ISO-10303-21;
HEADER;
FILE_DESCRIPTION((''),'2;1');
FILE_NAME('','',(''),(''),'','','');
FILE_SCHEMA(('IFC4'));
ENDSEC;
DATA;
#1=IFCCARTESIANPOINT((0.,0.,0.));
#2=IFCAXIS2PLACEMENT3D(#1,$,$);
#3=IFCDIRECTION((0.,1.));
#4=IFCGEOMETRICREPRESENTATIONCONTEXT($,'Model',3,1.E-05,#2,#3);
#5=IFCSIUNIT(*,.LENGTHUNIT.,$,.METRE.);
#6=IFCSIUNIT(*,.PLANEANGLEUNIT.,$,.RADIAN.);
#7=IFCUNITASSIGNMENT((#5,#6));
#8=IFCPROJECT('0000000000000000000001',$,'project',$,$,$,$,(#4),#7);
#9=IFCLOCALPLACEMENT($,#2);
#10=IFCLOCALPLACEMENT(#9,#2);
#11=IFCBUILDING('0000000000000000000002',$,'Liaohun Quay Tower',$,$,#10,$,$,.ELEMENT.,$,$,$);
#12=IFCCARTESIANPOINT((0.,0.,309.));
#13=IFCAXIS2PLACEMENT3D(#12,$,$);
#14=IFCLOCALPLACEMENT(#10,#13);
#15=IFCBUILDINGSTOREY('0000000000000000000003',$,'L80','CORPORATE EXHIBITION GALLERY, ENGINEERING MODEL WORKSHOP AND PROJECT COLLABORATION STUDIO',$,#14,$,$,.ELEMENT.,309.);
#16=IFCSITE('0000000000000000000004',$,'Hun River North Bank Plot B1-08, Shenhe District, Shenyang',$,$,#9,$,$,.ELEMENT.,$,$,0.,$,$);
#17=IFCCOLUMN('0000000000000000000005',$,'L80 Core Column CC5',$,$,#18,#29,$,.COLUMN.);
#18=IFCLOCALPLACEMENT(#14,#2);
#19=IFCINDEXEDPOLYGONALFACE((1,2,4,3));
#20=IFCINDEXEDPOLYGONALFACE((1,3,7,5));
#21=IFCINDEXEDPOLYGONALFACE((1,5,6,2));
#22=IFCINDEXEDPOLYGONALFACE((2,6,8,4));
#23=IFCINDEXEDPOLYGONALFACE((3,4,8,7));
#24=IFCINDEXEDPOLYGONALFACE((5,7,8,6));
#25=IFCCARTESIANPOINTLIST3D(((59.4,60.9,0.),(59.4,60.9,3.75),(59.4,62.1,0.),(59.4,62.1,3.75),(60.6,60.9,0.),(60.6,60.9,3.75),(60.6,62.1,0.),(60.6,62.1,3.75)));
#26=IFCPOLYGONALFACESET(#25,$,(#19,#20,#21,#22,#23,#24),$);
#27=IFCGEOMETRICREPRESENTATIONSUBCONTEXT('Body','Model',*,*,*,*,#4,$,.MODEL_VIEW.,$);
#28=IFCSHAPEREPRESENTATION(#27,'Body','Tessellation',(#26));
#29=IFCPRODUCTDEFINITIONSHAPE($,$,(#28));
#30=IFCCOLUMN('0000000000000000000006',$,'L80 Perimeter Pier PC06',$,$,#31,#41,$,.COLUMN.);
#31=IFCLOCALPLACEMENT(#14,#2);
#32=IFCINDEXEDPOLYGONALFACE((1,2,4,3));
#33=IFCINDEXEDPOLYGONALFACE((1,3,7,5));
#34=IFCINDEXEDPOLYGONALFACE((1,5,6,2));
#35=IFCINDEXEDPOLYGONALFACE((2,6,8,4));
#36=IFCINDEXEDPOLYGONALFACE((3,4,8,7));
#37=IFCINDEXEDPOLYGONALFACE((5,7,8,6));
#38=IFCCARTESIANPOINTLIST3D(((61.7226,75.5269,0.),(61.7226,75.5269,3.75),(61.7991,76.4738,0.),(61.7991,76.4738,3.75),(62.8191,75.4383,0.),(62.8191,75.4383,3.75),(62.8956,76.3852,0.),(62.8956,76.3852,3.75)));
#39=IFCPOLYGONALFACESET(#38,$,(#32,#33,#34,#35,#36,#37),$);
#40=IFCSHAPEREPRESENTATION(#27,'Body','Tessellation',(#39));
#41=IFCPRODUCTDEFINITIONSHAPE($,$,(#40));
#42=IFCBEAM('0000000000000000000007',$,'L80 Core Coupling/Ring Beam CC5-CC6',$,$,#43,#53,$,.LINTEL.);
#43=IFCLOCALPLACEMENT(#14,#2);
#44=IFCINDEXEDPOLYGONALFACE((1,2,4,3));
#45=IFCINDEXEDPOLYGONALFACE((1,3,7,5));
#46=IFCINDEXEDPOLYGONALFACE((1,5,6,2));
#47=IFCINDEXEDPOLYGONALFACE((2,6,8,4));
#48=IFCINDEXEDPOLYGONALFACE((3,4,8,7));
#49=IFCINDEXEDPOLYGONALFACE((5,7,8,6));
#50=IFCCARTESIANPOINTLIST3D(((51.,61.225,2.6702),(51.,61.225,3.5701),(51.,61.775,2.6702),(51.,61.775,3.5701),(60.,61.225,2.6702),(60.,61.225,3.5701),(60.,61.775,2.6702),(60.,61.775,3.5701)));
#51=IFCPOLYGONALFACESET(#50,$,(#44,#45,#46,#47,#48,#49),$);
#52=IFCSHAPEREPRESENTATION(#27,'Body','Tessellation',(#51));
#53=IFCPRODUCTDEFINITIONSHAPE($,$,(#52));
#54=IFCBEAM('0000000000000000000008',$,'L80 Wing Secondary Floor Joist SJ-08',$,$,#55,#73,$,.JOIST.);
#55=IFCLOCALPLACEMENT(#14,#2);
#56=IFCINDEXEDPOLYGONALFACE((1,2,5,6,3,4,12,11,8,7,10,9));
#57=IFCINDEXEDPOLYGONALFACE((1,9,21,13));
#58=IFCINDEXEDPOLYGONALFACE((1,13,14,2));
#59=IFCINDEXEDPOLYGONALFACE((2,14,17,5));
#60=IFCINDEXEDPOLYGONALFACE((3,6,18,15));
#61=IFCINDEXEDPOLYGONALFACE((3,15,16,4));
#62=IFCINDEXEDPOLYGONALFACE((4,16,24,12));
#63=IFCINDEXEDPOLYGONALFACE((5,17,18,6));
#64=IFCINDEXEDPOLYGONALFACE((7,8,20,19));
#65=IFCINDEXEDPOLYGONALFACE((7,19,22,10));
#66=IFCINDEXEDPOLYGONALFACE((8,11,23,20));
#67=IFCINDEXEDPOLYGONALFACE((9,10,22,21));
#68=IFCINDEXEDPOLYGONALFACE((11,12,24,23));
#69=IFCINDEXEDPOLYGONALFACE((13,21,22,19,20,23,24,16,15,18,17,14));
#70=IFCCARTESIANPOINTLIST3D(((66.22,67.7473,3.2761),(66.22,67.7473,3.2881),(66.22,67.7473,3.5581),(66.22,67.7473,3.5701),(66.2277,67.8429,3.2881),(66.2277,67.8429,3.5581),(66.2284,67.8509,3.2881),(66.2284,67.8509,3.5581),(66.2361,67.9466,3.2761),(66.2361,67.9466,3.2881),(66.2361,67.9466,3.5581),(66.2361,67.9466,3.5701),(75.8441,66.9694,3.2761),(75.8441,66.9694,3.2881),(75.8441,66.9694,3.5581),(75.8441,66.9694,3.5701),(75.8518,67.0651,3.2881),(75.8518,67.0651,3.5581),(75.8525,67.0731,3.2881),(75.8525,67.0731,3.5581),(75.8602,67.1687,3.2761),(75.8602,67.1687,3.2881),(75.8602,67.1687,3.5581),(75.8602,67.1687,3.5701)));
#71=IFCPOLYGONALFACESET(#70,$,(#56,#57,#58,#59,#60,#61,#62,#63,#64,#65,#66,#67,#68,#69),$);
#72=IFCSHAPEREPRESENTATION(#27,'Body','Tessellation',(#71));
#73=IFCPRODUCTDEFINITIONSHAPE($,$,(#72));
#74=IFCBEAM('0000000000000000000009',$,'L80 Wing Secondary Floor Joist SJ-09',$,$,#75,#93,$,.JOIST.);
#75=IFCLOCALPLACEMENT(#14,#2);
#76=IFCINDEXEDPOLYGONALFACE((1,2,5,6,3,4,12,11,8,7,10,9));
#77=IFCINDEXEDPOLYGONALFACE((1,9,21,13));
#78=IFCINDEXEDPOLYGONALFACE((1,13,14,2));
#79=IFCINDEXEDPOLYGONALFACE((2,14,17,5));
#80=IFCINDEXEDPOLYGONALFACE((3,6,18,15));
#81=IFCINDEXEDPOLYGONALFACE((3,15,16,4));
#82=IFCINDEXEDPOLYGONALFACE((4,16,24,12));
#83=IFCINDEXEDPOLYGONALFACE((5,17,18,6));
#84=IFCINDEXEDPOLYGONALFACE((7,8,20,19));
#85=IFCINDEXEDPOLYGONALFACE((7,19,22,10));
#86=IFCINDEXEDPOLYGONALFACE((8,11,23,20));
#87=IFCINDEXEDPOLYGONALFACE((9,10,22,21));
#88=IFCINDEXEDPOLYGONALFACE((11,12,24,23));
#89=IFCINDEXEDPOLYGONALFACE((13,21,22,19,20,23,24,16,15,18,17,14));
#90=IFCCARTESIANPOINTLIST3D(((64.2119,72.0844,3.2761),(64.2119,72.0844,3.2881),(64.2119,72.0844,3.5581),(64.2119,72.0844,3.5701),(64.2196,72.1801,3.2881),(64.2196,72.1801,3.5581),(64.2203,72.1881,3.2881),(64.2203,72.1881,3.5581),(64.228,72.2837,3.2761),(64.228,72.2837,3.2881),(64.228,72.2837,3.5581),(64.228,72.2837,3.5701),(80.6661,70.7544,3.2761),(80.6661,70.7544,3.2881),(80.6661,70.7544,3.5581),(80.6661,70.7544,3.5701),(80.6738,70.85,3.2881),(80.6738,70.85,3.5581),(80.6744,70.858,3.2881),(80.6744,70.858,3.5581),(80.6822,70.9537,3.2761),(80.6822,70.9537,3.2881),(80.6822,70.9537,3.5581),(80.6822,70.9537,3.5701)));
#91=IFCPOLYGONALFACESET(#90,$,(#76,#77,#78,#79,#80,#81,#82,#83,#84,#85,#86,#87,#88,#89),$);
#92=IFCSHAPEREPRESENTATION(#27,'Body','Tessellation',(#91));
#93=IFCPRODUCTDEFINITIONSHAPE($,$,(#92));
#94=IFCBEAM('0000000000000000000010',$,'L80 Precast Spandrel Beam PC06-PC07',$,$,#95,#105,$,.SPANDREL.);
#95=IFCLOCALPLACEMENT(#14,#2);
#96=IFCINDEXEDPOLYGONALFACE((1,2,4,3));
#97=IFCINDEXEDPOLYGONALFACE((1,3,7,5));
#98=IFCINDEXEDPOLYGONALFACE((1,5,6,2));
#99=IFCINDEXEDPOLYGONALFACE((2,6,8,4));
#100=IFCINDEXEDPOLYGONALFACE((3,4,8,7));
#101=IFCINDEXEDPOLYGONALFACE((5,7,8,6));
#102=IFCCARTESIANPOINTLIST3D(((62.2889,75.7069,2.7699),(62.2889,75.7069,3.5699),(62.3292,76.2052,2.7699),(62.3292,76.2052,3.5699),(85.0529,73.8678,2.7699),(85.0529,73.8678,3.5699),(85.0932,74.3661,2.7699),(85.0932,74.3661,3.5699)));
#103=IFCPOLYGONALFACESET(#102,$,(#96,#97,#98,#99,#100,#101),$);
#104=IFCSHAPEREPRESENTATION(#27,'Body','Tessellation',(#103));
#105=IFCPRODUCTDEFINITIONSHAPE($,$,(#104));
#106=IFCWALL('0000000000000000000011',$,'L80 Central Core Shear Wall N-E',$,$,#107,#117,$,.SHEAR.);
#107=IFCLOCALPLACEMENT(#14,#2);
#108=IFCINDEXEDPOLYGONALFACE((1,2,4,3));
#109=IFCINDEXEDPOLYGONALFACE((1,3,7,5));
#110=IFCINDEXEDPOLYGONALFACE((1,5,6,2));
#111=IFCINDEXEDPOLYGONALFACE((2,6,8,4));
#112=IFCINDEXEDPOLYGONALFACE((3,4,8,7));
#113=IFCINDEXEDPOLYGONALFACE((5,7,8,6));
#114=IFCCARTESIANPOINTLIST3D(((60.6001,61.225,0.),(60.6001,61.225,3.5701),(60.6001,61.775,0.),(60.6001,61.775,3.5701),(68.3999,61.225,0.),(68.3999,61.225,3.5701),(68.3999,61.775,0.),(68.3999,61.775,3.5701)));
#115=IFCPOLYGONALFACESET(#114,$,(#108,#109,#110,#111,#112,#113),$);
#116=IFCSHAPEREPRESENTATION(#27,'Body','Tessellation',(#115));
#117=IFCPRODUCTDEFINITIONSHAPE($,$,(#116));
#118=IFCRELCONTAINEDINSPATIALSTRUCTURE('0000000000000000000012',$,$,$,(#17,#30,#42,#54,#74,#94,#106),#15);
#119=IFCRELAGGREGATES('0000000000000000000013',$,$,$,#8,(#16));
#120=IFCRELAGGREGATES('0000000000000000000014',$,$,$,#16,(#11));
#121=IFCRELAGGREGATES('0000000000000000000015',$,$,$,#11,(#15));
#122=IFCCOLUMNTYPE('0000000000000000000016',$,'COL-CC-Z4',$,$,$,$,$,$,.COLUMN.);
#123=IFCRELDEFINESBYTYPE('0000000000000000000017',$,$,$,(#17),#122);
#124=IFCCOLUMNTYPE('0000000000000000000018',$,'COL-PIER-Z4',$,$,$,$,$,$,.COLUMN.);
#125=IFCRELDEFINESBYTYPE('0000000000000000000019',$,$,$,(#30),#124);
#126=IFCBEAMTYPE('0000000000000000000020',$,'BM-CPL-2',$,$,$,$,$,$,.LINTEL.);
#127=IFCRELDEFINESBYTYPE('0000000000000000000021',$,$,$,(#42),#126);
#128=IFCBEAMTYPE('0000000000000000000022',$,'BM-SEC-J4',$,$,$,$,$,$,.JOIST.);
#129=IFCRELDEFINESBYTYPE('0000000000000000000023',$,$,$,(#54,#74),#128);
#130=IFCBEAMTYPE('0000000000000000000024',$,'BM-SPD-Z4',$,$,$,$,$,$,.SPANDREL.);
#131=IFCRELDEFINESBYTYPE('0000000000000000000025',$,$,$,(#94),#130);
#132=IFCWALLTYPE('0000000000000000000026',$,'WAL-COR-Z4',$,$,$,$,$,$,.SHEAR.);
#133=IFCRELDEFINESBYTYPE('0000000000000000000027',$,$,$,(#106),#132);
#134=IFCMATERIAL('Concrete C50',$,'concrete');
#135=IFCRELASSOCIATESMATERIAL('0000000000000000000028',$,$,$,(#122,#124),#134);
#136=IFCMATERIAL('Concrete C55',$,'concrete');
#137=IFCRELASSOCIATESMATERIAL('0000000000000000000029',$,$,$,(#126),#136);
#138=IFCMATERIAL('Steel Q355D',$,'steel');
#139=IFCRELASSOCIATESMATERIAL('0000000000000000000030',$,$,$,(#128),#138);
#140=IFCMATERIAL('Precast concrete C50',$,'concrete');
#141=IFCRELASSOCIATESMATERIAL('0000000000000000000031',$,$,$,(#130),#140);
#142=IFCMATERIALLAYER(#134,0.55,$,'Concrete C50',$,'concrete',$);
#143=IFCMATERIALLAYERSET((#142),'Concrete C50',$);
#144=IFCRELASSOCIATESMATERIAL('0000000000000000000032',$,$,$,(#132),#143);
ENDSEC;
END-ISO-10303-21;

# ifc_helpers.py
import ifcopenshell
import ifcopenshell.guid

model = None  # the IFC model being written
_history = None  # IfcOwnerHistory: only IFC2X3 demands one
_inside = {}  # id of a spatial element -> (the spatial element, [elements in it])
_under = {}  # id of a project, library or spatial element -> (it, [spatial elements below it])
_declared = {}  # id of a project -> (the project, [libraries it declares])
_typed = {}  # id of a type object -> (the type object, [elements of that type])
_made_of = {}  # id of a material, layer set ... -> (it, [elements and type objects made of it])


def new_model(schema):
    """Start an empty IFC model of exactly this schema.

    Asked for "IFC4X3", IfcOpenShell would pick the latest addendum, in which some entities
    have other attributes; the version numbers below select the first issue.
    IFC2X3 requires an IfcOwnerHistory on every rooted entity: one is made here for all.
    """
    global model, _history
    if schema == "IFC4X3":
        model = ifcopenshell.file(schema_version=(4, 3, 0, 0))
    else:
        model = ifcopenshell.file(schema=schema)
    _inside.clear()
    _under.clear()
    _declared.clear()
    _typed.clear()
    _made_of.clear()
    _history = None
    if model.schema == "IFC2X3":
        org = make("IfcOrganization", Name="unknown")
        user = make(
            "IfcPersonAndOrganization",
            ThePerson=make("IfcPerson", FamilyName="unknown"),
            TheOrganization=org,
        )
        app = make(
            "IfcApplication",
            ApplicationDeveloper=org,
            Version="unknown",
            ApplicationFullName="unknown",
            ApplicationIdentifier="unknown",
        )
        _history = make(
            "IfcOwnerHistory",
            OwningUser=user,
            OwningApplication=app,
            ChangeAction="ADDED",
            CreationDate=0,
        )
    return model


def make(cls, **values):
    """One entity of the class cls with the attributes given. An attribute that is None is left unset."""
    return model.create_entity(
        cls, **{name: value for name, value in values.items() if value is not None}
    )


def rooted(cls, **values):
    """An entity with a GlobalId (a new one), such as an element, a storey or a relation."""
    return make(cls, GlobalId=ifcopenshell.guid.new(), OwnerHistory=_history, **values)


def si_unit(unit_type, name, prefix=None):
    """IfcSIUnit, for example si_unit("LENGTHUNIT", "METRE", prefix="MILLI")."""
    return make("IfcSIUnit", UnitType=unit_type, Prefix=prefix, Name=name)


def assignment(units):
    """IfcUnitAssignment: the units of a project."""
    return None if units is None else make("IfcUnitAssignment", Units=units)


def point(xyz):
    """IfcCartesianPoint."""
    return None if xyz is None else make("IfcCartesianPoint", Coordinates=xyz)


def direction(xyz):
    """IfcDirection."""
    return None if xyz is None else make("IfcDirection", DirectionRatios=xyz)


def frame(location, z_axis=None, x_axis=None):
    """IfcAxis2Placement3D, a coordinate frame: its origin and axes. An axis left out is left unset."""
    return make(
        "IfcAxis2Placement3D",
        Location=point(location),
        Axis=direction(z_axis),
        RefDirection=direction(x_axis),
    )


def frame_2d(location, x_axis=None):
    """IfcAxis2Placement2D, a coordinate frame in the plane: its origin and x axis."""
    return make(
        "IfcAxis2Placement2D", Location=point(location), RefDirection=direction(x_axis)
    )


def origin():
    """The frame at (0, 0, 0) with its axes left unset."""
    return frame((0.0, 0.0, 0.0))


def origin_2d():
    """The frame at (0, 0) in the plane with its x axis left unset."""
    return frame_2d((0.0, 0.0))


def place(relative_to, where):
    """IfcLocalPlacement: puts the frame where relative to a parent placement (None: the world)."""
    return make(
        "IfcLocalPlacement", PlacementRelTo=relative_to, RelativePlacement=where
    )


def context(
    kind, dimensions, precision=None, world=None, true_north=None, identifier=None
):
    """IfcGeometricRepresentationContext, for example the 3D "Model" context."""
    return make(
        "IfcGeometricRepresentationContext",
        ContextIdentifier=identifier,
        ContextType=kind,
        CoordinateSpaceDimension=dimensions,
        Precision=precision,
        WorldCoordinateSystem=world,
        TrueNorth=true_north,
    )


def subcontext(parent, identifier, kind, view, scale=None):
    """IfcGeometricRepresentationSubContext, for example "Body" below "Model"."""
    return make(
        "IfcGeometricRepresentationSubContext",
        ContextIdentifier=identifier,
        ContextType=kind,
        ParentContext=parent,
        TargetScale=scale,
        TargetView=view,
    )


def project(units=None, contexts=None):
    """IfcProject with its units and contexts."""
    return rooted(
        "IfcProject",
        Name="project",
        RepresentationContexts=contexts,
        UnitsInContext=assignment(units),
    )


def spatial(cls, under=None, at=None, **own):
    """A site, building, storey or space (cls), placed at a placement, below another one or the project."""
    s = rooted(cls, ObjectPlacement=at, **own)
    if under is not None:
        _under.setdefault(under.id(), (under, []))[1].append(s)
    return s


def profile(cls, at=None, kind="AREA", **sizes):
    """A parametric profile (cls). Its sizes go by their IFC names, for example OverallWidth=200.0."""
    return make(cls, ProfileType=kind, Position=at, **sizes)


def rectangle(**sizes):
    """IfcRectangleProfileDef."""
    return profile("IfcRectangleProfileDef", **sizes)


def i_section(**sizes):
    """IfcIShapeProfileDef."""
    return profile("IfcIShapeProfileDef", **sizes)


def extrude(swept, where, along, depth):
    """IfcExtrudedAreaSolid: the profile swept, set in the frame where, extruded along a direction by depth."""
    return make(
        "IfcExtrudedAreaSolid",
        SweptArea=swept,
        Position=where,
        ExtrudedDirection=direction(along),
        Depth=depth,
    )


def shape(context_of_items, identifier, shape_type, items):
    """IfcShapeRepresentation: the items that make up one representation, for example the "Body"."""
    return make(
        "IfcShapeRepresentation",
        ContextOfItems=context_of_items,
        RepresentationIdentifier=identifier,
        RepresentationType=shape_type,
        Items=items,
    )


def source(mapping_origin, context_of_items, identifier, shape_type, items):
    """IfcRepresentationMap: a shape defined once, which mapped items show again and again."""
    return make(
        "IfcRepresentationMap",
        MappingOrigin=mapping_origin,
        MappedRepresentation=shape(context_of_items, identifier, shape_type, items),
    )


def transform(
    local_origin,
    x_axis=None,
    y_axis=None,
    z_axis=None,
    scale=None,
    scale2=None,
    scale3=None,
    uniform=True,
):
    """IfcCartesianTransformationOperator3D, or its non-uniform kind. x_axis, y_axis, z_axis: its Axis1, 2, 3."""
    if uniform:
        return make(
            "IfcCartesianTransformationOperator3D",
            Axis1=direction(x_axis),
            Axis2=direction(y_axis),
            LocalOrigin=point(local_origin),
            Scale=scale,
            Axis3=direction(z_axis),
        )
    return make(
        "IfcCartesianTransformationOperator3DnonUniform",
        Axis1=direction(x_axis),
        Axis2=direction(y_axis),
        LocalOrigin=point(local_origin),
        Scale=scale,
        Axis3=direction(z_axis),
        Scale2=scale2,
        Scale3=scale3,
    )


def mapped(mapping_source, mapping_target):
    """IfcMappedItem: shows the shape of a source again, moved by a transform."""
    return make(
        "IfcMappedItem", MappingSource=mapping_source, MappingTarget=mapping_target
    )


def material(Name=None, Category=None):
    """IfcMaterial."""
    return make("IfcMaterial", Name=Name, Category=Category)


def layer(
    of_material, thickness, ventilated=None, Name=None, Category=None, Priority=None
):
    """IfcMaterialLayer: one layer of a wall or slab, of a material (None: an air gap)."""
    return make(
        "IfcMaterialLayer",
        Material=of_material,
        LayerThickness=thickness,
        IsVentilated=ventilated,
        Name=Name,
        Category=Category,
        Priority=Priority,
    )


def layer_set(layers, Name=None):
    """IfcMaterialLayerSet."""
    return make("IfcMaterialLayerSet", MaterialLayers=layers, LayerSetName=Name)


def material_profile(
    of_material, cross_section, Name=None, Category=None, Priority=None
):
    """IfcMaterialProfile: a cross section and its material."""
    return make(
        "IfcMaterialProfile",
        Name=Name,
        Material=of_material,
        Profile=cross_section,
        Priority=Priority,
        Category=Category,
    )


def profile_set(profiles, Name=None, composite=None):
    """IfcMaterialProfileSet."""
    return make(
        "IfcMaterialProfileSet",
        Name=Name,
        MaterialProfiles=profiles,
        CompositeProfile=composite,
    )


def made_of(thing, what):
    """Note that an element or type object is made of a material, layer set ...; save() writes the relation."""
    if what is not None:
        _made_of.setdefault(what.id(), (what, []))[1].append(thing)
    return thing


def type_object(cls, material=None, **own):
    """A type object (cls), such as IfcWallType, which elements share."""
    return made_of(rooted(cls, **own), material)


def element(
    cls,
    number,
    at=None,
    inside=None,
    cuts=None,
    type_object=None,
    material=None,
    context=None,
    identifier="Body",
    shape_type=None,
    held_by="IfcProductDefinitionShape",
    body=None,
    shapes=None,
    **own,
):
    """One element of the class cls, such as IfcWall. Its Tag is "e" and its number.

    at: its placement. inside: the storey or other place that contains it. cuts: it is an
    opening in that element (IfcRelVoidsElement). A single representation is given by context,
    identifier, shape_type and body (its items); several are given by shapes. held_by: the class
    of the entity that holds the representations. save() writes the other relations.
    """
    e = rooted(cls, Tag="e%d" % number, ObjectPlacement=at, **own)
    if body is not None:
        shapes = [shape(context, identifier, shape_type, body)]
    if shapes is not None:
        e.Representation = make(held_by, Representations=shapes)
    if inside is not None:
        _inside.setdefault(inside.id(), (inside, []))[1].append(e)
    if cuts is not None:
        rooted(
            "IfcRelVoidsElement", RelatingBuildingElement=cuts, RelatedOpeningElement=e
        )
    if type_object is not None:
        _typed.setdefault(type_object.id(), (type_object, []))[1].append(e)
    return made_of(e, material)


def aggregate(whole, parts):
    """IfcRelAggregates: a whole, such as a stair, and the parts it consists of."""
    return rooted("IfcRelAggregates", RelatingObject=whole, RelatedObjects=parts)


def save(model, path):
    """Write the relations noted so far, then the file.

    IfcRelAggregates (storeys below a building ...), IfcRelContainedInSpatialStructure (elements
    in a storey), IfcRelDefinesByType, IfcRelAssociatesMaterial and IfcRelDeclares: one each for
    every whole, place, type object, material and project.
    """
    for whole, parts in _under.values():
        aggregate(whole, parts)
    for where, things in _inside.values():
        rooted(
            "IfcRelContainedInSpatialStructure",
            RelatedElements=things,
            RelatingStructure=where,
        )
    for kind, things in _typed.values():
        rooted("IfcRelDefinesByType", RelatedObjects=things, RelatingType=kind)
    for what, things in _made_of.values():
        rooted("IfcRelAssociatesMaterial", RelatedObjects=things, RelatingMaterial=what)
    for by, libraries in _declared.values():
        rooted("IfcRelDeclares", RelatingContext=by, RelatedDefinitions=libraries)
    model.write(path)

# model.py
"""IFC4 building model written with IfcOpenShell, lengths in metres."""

from ifc_helpers import new_model, si_unit, direction, frame, frame_2d, origin, origin_2d, place, context, subcontext, project, spatial, rectangle, i_section, extrude, source, transform, mapped, material, layer, layer_set, material_profile, profile_set, type_object, element, save


model = new_model("IFC4")

# Units and contexts
model_context = context("Model", 3, precision=1e-05, world=origin(), true_north=direction((0.0, 1.0)))
body_context = subcontext(model_context, "Body", "Model", "MODEL_VIEW")
ifc_project = project(units=[si_unit("LENGTHUNIT", "METRE"), si_unit("PLANEANGLEUNIT", "RADIAN")], contexts=[model_context])

# Site, building, storey
site_placement = place(None, origin())
site = spatial("IfcSite", under=ifc_project, at=site_placement, Name="Hun River North Bank Plot B1-08, Shenhe District, Shenyang", CompositionType="ELEMENT", RefElevation=0.0)
building_placement = place(site_placement, origin())
building = spatial("IfcBuilding", under=site, at=building_placement, Name="Liaohun Quay Tower", CompositionType="ELEMENT")
storey_placement = place(building_placement, frame((0.0, 0.0, 309.0)))
storey = spatial("IfcBuildingStorey", under=building, at=storey_placement, Name="L80", Description="CORPORATE EXHIBITION GALLERY, ENGINEERING MODEL WORKSHOP AND PROJECT COLLABORATION STUDIO", CompositionType="ELEMENT", Elevation=309.0)

# Columns
ifc_material_1 = material(Name="Concrete C50", Category="concrete")
ifc_material_profile_1 = material_profile(ifc_material_1, rectangle(XDim=1.2, YDim=1.2, at=origin_2d()), Name="RC1200x1200")
ifc_profile_set_1 = profile_set([ifc_material_profile_1], Name="Concrete C50")
column_type_1 = type_object("IfcColumnType", Name="COL-CC-Z4", PredefinedType="COLUMN", material=ifc_profile_set_1)
shared_shape_1 = source(origin(), body_context, "Body", "SweptSolid", [
    extrude(rectangle(XDim=1.2, YDim=1.2, at=origin_2d()), origin(), (0.0, 0.0, 1.0), 3.75),
])
column_1_placement = place(storey_placement, frame((60.0, 61.5, 0.0), z_axis=(0.0, 0.0, 1.0), x_axis=(1.0, 0.0, 0.0)))
element("IfcColumn", 1, at=column_1_placement, inside=storey, type_object=column_type_1, Name="L80 Core Column CC5", PredefinedType="COLUMN", context=body_context, shape_type="MappedRepresentation", body=[
    mapped(shared_shape_1, transform((0.0, 0.0, 0.0), x_axis=(1.0, 0.0, 0.0), y_axis=(0.0, 1.0, 0.0), z_axis=(0.0, 0.0, 1.0), scale=1.0)),
])
ifc_material_profile_2 = material_profile(ifc_material_1, rectangle(XDim=1.1001, YDim=0.95, at=origin_2d()), Name="RC1100x950")
ifc_profile_set_2 = profile_set([ifc_material_profile_2], Name="Concrete C50")
column_type_2 = type_object("IfcColumnType", Name="COL-PIER-Z4", PredefinedType="COLUMN", material=ifc_profile_set_2)
shared_shape_2 = source(origin(), body_context, "Body", "SweptSolid", [
    extrude(rectangle(XDim=1.1001, YDim=0.95, at=origin_2d()), origin(), (0.0, 0.0, 1.0), 3.75),
])
column_2_placement = place(storey_placement, frame((62.3091, 75.9561, 0.0), z_axis=(0.0, 0.0, 1.0), x_axis=(-0.996751, 0.080547, 0.0)))
element("IfcColumn", 2, at=column_2_placement, inside=storey, type_object=column_type_2, Name="L80 Perimeter Pier PC06", PredefinedType="COLUMN", context=body_context, shape_type="MappedRepresentation", body=[
    mapped(shared_shape_2, transform((0.0, 0.0, 0.0), x_axis=(1.0, 0.0, 0.0), y_axis=(0.0, 1.0, 0.0), z_axis=(0.0, 0.0, 1.0), scale=1.0)),
])

# Beams
ifc_material_2 = material(Name="Concrete C55", Category="concrete")
ifc_material_profile_3 = material_profile(ifc_material_2, rectangle(XDim=0.55, YDim=0.8999, at=origin_2d()), Name="RC550x900")
ifc_profile_set_3 = profile_set([ifc_material_profile_3], Name="Concrete C55")
beam_type_1 = type_object("IfcBeamType", Name="BM-CPL-2", PredefinedType="LINTEL", material=ifc_profile_set_3)
shared_shape_3 = source(origin(), body_context, "Body", "SweptSolid", [
    extrude(rectangle(XDim=0.55, YDim=0.8999, at=origin_2d()), origin(), (0.0, 0.0, 1.0), 9.0),
])
beam_1_placement = place(storey_placement, frame((60.0, 61.5, 3.1201), z_axis=(-1.0, 0.0, 0.0), x_axis=(0.0, -1.0, 0.0)))
element("IfcBeam", 3, at=beam_1_placement, inside=storey, type_object=beam_type_1, Name="L80 Core Coupling/Ring Beam CC5-CC6", PredefinedType="LINTEL", context=body_context, shape_type="MappedRepresentation", body=[
    mapped(shared_shape_3, transform((0.0, 0.0, 0.0), x_axis=(1.0, 0.0, 0.0), y_axis=(0.0, 1.0, 0.0), z_axis=(0.0, 0.0, 1.0), scale=1.0)),
])
ifc_material_3 = material(Name="Steel Q355D", Category="steel")
ifc_material_profile_4 = material_profile(ifc_material_3, i_section(OverallWidth=0.2, OverallDepth=0.2939, WebThickness=0.0081, FlangeThickness=0.012, at=origin_2d()), Name="HM294x200x8x12")
ifc_profile_set_4 = profile_set([ifc_material_profile_4], Name="Steel Q355D")
beam_type_2 = type_object("IfcBeamType", Name="BM-SEC-J4", PredefinedType="JOIST", material=ifc_profile_set_4)
shared_shape_4 = source(origin(), body_context, "Body", "SweptSolid", [
    extrude(i_section(OverallWidth=0.2, OverallDepth=0.2939, WebThickness=0.0081, FlangeThickness=0.012, at=origin_2d()), origin(), (0.0, 0.0, 1.0), 9.6555),
])
beam_2_placement = place(storey_placement, frame((66.228, 67.8469, 3.4231), z_axis=(0.99675, -0.080559, 0.0), x_axis=(0.080559, 0.99675, 0.0)))
element("IfcBeam", 4, at=beam_2_placement, inside=storey, type_object=beam_type_2, Name="L80 Wing Secondary Floor Joist SJ-08", PredefinedType="JOIST", context=body_context, shape_type="MappedRepresentation", body=[
    mapped(shared_shape_4, transform((0.0, 0.0, 0.0), x_axis=(1.0, 0.0, 0.0), y_axis=(0.0, 1.0, 0.0), z_axis=(0.0, 0.0, 1.0), scale=1.0)),
])
shared_shape_5 = source(origin(), body_context, "Body", "SweptSolid", [
    extrude(i_section(OverallWidth=0.2, OverallDepth=0.2939, WebThickness=0.0081, FlangeThickness=0.012, at=origin_2d()), origin(), (0.0, 0.0, 1.0), 16.5078),
])
beam_3_placement = place(storey_placement, frame((64.22, 72.1841, 3.4231), z_axis=(0.996749, -0.080573, 0.0), x_axis=(0.080573, 0.996749, 0.0)))
element("IfcBeam", 5, at=beam_3_placement, inside=storey, type_object=beam_type_2, Name="L80 Wing Secondary Floor Joist SJ-09", PredefinedType="JOIST", context=body_context, shape_type="MappedRepresentation", body=[
    mapped(shared_shape_5, transform((0.0, 0.0, 0.0), x_axis=(1.0, 0.0, 0.0), y_axis=(0.0, 1.0, 0.0), z_axis=(0.0, 0.0, 1.0), scale=1.0)),
])
ifc_material_4 = material(Name="Precast concrete C50", Category="concrete")
ifc_material_profile_5 = material_profile(ifc_material_4, rectangle(XDim=0.5, YDim=0.8, at=origin_2d()), Name="RC500x800")
ifc_profile_set_5 = profile_set([ifc_material_profile_5], Name="Precast concrete C50")
beam_type_3 = type_object("IfcBeamType", Name="BM-SPD-Z4", PredefinedType="SPANDREL", material=ifc_profile_set_5)
shared_shape_6 = source(origin(), body_context, "Body", "SweptSolid", [
    extrude(rectangle(XDim=0.5, YDim=0.8, at=origin_2d()), origin(), (0.0, 0.0, 1.0), 22.8381),
])
beam_4_placement = place(storey_placement, frame((62.3091, 75.9561, 3.1699), z_axis=(0.996752, -0.080528, 0.0), x_axis=(0.080528, 0.996752, 0.0)))
element("IfcBeam", 6, at=beam_4_placement, inside=storey, type_object=beam_type_3, Name="L80 Precast Spandrel Beam PC06-PC07", PredefinedType="SPANDREL", context=body_context, shape_type="MappedRepresentation", body=[
    mapped(shared_shape_6, transform((0.0, 0.0, 0.0), x_axis=(1.0, 0.0, 0.0), y_axis=(0.0, 1.0, 0.0), z_axis=(0.0, 0.0, 1.0), scale=1.0)),
])

# Wall
ifc_layer_1 = layer(ifc_material_1, 0.55, Name="Concrete C50", Category="concrete")
ifc_layer_set_1 = layer_set([ifc_layer_1], Name="Concrete C50")
wall_type_1 = type_object("IfcWallType", Name="WAL-COR-Z4", PredefinedType="SHEAR", material=ifc_layer_set_1)
wall_1_placement = place(storey_placement, frame((60.6001, 61.5, 0.0), z_axis=(0.0, 0.0, 1.0), x_axis=(1.0, 0.0, 0.0)))
element("IfcWall", 7, at=wall_1_placement, inside=storey, type_object=wall_type_1, Name="L80 Central Core Shear Wall N-E", PredefinedType="SHEAR", context=body_context, shape_type="SweptSolid", body=[
    extrude(rectangle(XDim=7.7998, YDim=0.55, at=frame_2d((3.8999, 0.0))), origin(), (0.0, 0.0, 1.0), 3.5701),
])

save(model, "model.ifc")
